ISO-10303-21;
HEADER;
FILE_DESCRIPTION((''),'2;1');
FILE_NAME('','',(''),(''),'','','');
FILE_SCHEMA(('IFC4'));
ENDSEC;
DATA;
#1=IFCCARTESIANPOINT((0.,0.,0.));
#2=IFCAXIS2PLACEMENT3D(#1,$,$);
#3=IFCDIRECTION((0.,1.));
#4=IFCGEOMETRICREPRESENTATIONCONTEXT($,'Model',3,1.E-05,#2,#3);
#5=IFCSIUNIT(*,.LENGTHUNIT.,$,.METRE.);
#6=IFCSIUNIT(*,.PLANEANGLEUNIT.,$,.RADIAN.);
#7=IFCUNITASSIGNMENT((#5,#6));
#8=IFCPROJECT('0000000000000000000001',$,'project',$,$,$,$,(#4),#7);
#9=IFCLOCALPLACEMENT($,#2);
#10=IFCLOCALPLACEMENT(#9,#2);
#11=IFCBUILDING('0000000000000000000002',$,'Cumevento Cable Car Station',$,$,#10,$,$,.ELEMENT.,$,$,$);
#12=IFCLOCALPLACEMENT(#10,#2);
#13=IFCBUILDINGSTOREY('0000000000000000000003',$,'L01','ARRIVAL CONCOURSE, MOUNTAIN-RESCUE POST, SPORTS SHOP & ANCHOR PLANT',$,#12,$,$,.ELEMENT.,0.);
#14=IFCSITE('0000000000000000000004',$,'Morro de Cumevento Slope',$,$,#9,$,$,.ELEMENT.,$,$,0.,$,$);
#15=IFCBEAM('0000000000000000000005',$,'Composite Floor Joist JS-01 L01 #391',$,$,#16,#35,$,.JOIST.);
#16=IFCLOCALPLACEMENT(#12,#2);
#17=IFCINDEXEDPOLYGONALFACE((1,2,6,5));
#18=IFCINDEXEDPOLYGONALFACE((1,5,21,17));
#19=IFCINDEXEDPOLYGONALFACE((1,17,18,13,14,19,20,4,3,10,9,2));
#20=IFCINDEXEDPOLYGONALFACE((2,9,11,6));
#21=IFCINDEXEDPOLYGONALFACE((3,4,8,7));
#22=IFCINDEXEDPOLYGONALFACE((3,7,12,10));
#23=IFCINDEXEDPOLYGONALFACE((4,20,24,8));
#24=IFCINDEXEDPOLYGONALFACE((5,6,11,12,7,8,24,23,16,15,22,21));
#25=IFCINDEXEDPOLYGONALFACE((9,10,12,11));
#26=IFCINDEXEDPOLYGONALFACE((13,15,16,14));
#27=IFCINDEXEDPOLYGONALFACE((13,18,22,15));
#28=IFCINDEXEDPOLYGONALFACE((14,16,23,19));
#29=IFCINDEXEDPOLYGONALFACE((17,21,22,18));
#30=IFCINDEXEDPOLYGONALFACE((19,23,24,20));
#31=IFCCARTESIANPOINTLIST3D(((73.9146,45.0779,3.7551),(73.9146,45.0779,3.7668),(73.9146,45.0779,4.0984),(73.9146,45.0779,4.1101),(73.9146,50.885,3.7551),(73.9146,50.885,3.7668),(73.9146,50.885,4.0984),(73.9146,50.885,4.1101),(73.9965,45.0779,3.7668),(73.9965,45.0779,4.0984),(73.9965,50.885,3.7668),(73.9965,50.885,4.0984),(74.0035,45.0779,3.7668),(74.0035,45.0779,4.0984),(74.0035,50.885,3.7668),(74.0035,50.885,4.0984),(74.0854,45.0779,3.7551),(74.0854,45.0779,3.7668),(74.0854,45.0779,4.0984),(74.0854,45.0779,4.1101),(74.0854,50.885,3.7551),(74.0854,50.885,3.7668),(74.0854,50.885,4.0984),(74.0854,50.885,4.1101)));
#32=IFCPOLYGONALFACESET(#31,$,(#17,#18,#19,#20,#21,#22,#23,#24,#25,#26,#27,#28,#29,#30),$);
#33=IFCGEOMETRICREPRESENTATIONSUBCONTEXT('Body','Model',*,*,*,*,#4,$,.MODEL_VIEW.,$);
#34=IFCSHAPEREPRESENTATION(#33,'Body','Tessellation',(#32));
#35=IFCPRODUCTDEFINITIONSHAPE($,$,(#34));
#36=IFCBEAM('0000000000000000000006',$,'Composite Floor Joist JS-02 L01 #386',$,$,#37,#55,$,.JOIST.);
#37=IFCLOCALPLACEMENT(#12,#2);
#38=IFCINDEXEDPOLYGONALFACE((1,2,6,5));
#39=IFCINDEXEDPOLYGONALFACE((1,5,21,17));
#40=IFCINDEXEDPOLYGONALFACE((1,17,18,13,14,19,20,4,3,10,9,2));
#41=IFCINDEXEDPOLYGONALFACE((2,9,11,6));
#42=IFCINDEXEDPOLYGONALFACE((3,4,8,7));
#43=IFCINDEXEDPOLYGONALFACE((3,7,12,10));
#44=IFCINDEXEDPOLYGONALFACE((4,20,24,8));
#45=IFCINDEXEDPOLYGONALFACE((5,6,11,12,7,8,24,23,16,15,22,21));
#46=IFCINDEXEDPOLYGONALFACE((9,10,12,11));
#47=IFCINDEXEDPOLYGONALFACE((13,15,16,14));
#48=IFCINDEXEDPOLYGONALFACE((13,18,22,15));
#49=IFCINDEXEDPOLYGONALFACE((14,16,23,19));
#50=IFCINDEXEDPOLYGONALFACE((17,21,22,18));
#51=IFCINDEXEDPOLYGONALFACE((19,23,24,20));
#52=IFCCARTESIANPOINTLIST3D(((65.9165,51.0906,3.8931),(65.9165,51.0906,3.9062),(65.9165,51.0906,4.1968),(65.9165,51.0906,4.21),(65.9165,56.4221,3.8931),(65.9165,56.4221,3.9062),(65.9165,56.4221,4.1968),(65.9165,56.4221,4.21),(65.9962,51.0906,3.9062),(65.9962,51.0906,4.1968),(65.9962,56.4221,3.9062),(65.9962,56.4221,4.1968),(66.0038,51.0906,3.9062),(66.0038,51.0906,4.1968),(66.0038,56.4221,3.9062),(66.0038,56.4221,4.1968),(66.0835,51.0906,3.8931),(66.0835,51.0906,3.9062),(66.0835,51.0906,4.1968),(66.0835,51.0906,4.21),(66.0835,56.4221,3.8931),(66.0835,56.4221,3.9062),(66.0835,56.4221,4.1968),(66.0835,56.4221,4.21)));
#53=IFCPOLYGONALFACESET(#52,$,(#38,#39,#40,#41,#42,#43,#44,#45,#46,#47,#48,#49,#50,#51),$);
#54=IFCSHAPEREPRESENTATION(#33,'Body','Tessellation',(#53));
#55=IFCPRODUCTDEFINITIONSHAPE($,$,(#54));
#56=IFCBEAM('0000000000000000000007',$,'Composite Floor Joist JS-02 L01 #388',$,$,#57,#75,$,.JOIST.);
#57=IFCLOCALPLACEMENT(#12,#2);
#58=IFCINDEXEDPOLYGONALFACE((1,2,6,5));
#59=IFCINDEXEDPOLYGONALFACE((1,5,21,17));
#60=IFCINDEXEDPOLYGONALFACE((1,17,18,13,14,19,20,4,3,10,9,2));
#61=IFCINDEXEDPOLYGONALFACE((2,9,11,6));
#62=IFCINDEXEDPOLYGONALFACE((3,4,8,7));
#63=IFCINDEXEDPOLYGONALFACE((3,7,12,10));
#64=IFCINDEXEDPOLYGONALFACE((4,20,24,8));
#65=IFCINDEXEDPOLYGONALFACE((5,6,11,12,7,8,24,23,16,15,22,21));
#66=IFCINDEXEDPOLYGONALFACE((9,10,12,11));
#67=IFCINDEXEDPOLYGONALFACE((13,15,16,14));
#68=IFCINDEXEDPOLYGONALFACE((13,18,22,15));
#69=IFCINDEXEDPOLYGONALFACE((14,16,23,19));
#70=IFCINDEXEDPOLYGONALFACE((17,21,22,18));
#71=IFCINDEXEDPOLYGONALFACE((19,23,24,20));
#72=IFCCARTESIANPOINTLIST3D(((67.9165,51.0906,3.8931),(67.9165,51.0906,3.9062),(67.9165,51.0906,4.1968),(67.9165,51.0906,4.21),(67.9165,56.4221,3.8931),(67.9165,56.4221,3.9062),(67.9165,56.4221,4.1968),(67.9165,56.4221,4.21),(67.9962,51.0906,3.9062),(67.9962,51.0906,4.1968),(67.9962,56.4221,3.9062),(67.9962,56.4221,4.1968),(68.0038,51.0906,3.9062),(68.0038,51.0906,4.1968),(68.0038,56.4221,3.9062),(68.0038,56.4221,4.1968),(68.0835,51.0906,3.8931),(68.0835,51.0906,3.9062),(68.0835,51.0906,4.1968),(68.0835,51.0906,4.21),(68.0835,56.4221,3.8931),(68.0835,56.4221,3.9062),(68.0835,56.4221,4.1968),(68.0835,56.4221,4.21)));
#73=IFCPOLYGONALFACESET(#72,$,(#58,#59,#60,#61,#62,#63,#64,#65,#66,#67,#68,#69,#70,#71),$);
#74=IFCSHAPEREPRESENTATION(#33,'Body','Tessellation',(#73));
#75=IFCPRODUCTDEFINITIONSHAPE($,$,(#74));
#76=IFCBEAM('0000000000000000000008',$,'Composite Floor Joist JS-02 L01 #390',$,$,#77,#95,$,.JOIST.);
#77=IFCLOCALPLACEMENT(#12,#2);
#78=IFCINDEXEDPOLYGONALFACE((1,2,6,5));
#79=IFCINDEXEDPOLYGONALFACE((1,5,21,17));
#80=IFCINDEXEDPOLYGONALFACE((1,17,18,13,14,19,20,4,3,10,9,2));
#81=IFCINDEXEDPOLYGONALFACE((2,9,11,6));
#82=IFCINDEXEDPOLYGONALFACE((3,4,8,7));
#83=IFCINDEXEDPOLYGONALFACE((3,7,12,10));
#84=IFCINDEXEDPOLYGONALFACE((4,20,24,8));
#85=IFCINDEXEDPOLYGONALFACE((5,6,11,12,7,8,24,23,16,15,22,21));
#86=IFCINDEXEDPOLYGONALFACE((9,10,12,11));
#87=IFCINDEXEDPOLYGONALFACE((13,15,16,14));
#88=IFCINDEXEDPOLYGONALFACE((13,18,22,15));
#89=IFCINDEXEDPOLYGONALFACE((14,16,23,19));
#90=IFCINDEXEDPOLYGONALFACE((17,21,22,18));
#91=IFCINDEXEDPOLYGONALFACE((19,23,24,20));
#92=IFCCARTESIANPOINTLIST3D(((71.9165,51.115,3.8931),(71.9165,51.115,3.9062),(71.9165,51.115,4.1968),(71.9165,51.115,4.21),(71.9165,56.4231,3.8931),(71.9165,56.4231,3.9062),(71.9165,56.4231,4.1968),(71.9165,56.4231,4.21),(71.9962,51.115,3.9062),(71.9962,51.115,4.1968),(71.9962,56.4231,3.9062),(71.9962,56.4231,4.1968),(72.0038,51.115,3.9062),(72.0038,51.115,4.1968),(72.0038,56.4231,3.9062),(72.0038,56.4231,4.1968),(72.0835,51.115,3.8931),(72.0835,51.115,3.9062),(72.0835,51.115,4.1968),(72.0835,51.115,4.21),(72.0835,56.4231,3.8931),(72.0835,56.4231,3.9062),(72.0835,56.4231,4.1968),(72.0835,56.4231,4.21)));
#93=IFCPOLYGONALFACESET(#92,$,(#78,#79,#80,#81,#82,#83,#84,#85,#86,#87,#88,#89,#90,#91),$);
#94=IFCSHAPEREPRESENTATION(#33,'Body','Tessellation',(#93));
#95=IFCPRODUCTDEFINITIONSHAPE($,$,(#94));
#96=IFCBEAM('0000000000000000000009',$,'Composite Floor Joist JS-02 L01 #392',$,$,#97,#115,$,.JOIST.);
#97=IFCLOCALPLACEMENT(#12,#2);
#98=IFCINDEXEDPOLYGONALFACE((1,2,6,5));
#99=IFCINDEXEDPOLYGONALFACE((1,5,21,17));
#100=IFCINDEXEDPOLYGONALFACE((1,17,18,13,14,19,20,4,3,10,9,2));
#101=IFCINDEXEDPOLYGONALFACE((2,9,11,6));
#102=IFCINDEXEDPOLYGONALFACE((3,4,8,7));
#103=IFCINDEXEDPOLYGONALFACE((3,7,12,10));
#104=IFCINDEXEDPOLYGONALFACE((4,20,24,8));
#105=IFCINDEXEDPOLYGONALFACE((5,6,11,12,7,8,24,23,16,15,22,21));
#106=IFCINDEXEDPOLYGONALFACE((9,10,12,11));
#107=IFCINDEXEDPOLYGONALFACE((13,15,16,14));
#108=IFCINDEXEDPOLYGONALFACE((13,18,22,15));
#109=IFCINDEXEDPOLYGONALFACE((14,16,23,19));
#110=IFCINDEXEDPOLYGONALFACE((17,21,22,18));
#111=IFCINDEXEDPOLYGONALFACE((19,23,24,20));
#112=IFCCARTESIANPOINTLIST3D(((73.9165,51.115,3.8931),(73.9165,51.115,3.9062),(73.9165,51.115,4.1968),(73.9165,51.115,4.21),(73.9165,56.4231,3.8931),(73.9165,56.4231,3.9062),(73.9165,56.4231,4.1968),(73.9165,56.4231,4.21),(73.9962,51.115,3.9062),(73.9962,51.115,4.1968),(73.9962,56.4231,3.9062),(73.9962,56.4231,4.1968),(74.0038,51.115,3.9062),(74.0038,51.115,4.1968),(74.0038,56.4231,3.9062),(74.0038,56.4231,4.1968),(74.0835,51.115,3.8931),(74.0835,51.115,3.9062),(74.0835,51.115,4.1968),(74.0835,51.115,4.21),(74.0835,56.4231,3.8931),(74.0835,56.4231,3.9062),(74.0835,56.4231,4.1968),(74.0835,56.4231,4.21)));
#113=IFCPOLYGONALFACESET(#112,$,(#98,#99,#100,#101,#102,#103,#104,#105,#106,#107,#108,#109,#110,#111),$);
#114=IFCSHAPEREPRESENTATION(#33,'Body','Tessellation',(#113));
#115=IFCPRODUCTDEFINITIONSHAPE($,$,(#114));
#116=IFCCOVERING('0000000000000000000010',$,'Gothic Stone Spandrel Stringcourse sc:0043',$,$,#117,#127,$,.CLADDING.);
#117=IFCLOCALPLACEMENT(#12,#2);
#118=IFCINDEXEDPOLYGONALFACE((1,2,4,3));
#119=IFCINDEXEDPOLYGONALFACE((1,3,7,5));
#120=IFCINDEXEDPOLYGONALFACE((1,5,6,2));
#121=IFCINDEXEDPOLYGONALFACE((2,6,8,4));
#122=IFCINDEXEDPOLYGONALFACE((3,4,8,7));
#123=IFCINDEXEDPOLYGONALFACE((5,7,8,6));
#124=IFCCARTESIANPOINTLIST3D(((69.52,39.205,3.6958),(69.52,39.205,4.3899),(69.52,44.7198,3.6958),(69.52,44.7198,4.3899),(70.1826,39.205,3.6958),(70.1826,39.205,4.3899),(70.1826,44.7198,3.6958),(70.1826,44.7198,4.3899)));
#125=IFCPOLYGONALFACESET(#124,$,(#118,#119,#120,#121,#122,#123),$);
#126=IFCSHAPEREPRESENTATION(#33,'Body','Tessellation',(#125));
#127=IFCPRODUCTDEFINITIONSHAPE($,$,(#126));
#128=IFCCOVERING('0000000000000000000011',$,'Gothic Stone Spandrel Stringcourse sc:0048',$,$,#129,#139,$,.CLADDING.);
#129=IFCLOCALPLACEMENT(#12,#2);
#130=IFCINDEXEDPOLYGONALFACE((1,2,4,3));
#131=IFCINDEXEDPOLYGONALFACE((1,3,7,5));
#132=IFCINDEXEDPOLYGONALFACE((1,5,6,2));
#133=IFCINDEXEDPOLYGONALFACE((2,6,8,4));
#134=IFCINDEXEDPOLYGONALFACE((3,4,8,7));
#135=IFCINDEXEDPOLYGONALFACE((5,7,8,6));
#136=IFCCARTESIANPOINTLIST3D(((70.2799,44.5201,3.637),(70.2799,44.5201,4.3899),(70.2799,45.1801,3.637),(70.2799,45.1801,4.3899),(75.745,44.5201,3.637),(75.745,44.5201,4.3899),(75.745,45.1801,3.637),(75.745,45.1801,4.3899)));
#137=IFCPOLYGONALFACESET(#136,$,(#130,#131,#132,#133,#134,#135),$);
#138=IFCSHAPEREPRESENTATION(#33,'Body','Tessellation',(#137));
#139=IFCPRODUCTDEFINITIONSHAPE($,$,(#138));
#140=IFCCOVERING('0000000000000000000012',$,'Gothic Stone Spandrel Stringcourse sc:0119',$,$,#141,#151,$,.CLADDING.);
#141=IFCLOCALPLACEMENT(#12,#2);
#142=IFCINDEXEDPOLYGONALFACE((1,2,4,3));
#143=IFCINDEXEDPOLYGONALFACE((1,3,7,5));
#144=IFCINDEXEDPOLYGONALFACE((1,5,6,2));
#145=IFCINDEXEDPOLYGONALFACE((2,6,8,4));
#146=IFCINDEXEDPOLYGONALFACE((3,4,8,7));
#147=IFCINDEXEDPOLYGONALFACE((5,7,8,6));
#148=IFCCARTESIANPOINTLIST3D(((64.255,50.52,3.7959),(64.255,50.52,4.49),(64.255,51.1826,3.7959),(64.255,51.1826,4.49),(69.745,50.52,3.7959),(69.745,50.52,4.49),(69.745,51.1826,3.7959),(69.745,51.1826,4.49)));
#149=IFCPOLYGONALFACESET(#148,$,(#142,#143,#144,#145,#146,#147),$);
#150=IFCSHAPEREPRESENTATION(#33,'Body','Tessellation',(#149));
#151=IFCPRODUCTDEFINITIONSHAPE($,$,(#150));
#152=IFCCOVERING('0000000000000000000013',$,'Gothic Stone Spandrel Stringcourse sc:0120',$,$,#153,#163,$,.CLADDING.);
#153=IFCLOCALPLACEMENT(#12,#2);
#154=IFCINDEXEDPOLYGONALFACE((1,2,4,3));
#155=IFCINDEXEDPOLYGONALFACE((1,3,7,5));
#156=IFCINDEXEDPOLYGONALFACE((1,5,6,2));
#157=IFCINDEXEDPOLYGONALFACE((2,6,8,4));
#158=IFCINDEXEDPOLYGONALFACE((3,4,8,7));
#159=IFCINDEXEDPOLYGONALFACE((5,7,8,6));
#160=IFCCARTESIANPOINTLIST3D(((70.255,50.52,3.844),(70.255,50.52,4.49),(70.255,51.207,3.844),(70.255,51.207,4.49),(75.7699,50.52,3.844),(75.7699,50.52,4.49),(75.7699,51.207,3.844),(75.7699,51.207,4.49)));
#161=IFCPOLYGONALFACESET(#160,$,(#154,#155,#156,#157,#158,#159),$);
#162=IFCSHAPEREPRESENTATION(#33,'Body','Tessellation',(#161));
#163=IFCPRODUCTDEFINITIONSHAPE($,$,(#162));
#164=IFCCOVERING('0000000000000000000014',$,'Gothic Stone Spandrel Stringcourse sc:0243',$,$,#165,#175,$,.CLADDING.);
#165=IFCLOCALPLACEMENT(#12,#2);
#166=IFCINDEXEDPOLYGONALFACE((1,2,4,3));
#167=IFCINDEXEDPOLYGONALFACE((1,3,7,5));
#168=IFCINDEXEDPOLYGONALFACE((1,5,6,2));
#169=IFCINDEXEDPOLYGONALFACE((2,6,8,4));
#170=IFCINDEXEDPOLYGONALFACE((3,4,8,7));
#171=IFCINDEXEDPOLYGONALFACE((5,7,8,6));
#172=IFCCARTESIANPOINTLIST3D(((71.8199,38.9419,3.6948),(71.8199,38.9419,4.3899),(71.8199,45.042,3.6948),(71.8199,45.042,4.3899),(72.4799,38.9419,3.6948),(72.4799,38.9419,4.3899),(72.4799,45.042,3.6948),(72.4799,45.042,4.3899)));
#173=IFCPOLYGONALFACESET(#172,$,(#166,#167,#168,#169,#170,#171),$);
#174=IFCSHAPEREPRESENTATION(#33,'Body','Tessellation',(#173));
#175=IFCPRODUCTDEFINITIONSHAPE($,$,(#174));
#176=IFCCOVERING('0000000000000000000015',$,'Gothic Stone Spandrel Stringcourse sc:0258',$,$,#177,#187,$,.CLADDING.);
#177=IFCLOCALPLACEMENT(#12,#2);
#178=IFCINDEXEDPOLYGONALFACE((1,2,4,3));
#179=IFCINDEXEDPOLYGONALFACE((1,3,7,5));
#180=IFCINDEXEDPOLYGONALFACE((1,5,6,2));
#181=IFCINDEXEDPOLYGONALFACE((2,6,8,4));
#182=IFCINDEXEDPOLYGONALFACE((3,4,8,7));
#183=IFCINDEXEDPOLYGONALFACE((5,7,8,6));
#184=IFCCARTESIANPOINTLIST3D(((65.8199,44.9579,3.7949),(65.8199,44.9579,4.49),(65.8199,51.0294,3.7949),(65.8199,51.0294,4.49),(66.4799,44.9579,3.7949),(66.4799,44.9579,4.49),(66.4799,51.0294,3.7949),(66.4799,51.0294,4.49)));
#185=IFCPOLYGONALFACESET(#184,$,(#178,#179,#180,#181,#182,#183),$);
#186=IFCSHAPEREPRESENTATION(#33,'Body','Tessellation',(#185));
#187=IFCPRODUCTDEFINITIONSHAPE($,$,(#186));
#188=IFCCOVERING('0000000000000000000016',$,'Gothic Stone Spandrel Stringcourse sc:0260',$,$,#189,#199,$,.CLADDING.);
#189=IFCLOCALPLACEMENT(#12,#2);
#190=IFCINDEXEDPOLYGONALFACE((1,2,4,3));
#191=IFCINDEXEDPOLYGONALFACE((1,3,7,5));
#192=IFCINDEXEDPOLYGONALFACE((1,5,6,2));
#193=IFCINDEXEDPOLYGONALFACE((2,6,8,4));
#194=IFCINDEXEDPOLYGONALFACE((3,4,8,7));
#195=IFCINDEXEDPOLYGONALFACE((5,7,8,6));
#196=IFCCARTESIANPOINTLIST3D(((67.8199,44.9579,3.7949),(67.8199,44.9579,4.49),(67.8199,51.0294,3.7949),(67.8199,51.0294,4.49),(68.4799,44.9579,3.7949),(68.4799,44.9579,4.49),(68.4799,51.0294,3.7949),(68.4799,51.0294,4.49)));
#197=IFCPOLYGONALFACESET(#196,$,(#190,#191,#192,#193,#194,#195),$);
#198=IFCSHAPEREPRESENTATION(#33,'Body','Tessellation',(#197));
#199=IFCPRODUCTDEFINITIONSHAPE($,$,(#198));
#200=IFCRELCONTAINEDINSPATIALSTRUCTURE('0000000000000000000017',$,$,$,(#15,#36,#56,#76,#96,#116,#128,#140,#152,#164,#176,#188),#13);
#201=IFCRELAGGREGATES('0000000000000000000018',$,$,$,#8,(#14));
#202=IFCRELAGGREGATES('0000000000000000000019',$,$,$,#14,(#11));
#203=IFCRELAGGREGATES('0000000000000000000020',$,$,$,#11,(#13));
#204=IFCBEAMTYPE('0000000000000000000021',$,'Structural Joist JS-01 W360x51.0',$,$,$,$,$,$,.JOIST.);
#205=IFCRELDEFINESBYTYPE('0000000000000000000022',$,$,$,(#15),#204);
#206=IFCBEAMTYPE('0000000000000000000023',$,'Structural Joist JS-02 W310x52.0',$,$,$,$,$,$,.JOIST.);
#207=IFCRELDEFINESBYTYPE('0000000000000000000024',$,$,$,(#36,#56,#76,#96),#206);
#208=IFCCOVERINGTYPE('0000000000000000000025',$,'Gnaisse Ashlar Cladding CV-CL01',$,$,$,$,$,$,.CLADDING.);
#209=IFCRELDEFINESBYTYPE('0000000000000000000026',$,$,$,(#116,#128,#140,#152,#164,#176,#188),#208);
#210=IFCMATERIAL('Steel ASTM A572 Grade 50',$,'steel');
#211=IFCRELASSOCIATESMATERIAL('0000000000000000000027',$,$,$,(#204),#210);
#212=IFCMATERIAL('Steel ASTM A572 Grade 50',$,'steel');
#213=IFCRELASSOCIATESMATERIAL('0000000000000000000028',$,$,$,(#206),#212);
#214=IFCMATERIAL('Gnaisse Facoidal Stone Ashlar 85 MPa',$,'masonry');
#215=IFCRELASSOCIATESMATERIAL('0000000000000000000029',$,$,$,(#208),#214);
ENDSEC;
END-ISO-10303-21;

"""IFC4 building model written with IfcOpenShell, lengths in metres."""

from ifc_helpers import new_model, si_unit, direction, frame, origin, origin_2d, place, context, subcontext, project, spatial, rectangle, i_section, extrude, material, material_profile, profile_set, type_object, element, save


model = new_model("IFC4")

# Units and contexts
model_context = context("Model", 3, precision=1e-05, world=origin(), true_north=direction((0.0, 1.0)))
body_context = subcontext(model_context, "Body", "Model", "MODEL_VIEW")
ifc_project = project(units=[si_unit("LENGTHUNIT", "METRE"), si_unit("PLANEANGLEUNIT", "RADIAN")], contexts=[model_context])

# Site, building, storey
site_placement = place(None, origin())
site = spatial("IfcSite", under=ifc_project, at=site_placement, Name="Morro de Cumevento Slope", CompositionType="ELEMENT", RefElevation=0.0)
building_placement = place(site_placement, origin())
building = spatial("IfcBuilding", under=site, at=building_placement, Name="Cumevento Cable Car Station", CompositionType="ELEMENT")
storey_placement = place(building_placement, origin())
storey = spatial("IfcBuildingStorey", under=building, at=storey_placement, Name="L01", Description="ARRIVAL CONCOURSE, MOUNTAIN-RESCUE POST, SPORTS SHOP & ANCHOR PLANT", CompositionType="ELEMENT", Elevation=0.0)

# Beams
ifc_material_1 = material(Name="Steel ASTM A572 Grade 50", Category="steel")
ifc_material_profile_1 = material_profile(ifc_material_1, i_section(OverallWidth=0.1709, OverallDepth=0.355, WebThickness=0.0071, FlangeThickness=0.0117, at=origin_2d()), Name="W360x51.0")
ifc_profile_set_1 = profile_set([ifc_material_profile_1], Name="Steel ASTM A572 Grade 50")
beam_type_1 = type_object("IfcBeamType", Name="Structural Joist JS-01 W360x51.0", PredefinedType="JOIST", material=ifc_profile_set_1)
for number, where, z_axis, x_axis, name in (
    (1, (74.0, 45.0779, 3.9326), (0.0, 1.0, 0.0), (-1.0, 0.0, 0.0), "Composite Floor Joist JS-01 L01 #391"),
):
    element("IfcBeam", number, at=place(storey_placement, frame(where, z_axis=z_axis, x_axis=x_axis)), inside=storey, type_object=beam_type_1, Name=name, PredefinedType="JOIST", context=body_context, shape_type="SweptSolid", body=[
        extrude(i_section(OverallWidth=0.1709, OverallDepth=0.355, WebThickness=0.0071, FlangeThickness=0.0117, at=origin_2d()), origin(), (0.0, 0.0, 1.0), 5.8071),
    ])
ifc_material_2 = material(Name="Steel ASTM A572 Grade 50", Category="steel")
ifc_material_profile_2 = material_profile(ifc_material_2, i_section(OverallWidth=0.167, OverallDepth=0.3169, WebThickness=0.0076, FlangeThickness=0.0132, at=origin_2d()), Name="W310x52.0")
ifc_profile_set_2 = profile_set([ifc_material_profile_2], Name="Steel ASTM A572 Grade 50")
beam_type_2 = type_object("IfcBeamType", Name="Structural Joist JS-02 W310x52.0", PredefinedType="JOIST", material=ifc_profile_set_2)
for number, where, z_axis, x_axis, name in (
    (2, (66.0, 51.0906, 4.0515), (0.0, 1.0, 0.0), (-1.0, 0.0, 0.0), "Composite Floor Joist JS-02 L01 #386"),
    (3, (68.0, 51.0906, 4.0515), (0.0, 1.0, 0.0), (-1.0, 0.0, 0.0), "Composite Floor Joist JS-02 L01 #388"),
):
    element("IfcBeam", number, at=place(storey_placement, frame(where, z_axis=z_axis, x_axis=x_axis)), inside=storey, type_object=beam_type_2, Name=name, PredefinedType="JOIST", context=body_context, shape_type="SweptSolid", body=[
        extrude(i_section(OverallWidth=0.167, OverallDepth=0.3169, WebThickness=0.0076, FlangeThickness=0.0132, at=origin_2d()), origin(), (0.0, 0.0, 1.0), 5.3315),
    ])
for number, where, z_axis, x_axis, name in (
    (4, (72.0, 51.115, 4.0515), (0.0, 1.0, 0.0), (-1.0, 0.0, 0.0), "Composite Floor Joist JS-02 L01 #390"),
    (5, (74.0, 51.115, 4.0515), (0.0, 1.0, 0.0), (-1.0, 0.0, 0.0), "Composite Floor Joist JS-02 L01 #392"),
):
    element("IfcBeam", number, at=place(storey_placement, frame(where, z_axis=z_axis, x_axis=x_axis)), inside=storey, type_object=beam_type_2, Name=name, PredefinedType="JOIST", context=body_context, shape_type="SweptSolid", body=[
        extrude(i_section(OverallWidth=0.167, OverallDepth=0.3169, WebThickness=0.0076, FlangeThickness=0.0132, at=origin_2d()), origin(), (0.0, 0.0, 1.0), 5.3081),
    ])

# Coverings
ifc_material_3 = material(Name="Gnaisse Facoidal Stone Ashlar 85 MPa", Category="masonry")
covering_type = type_object("IfcCoveringType", Name="Gnaisse Ashlar Cladding CV-CL01", PredefinedType="CLADDING", material=ifc_material_3)
covering_1_placement = place(storey_placement, frame((69.8513, 41.9624, 3.6958), z_axis=(0.0, 0.0, 1.0), x_axis=(0.0, -1.0, 0.0)))
element("IfcCovering", 6, at=covering_1_placement, inside=storey, type_object=covering_type, Name="Gothic Stone Spandrel Stringcourse sc:0043", PredefinedType="CLADDING", context=body_context, shape_type="SweptSolid", body=[
    extrude(rectangle(XDim=5.5149, YDim=0.6626, at=origin_2d()), origin(), (0.0, 0.0, 1.0), 0.6941),
])
covering_2_placement = place(storey_placement, frame((73.0125, 44.8501, 3.637), z_axis=(0.0, 0.0, 1.0), x_axis=(1.0, 0.0, 0.0)))
element("IfcCovering", 7, at=covering_2_placement, inside=storey, type_object=covering_type, Name="Gothic Stone Spandrel Stringcourse sc:0048", PredefinedType="CLADDING", context=body_context, shape_type="SweptSolid", body=[
    extrude(rectangle(XDim=5.4651, YDim=0.6599, at=origin_2d()), origin(), (0.0, 0.0, 1.0), 0.7529),
])
covering_3_placement = place(storey_placement, frame((67.0, 50.8513, 3.7959), z_axis=(0.0, 0.0, 1.0), x_axis=(1.0, 0.0, 0.0)))
element("IfcCovering", 8, at=covering_3_placement, inside=storey, type_object=covering_type, Name="Gothic Stone Spandrel Stringcourse sc:0119", PredefinedType="CLADDING", context=body_context, shape_type="SweptSolid", body=[
    extrude(rectangle(XDim=5.49, YDim=0.6626, at=origin_2d()), origin(), (0.0, 0.0, 1.0), 0.6941),
])
covering_4_placement = place(storey_placement, frame((73.0125, 50.8635, 3.844), z_axis=(0.0, 0.0, 1.0), x_axis=(1.0, 0.0, 0.0)))
element("IfcCovering", 9, at=covering_4_placement, inside=storey, type_object=covering_type, Name="Gothic Stone Spandrel Stringcourse sc:0120", PredefinedType="CLADDING", context=body_context, shape_type="SweptSolid", body=[
    extrude(rectangle(XDim=5.5149, YDim=0.687, at=origin_2d()), origin(), (0.0, 0.0, 1.0), 0.646),
])
covering_5_placement = place(storey_placement, frame((72.1499, 41.9919, 3.6948), z_axis=(0.0, 0.0, 1.0), x_axis=(0.0, 1.0, 0.0)))
element("IfcCovering", 10, at=covering_5_placement, inside=storey, type_object=covering_type, Name="Gothic Stone Spandrel Stringcourse sc:0243", PredefinedType="CLADDING", context=body_context, shape_type="SweptSolid", body=[
    extrude(rectangle(XDim=6.1001, YDim=0.6599, at=origin_2d()), origin(), (0.0, 0.0, 1.0), 0.6951),
])
for number, where, z_axis, x_axis, name in (
    (11, (66.1499, 47.9937, 3.7949), (0.0, 0.0, 1.0), (0.0, 1.0, 0.0), "Gothic Stone Spandrel Stringcourse sc:0258"),
    (12, (68.1499, 47.9937, 3.7949), (0.0, 0.0, 1.0), (0.0, 1.0, 0.0), "Gothic Stone Spandrel Stringcourse sc:0260"),
):
    element("IfcCovering", number, at=place(storey_placement, frame(where, z_axis=z_axis, x_axis=x_axis)), inside=storey, type_object=covering_type, Name=name, PredefinedType="CLADDING", context=body_context, shape_type="SweptSolid", body=[
        extrude(rectangle(XDim=6.0715, YDim=0.6599, at=origin_2d()), origin(), (0.0, 0.0, 1.0), 0.6951),
    ])

save(model, "model.ifc")
